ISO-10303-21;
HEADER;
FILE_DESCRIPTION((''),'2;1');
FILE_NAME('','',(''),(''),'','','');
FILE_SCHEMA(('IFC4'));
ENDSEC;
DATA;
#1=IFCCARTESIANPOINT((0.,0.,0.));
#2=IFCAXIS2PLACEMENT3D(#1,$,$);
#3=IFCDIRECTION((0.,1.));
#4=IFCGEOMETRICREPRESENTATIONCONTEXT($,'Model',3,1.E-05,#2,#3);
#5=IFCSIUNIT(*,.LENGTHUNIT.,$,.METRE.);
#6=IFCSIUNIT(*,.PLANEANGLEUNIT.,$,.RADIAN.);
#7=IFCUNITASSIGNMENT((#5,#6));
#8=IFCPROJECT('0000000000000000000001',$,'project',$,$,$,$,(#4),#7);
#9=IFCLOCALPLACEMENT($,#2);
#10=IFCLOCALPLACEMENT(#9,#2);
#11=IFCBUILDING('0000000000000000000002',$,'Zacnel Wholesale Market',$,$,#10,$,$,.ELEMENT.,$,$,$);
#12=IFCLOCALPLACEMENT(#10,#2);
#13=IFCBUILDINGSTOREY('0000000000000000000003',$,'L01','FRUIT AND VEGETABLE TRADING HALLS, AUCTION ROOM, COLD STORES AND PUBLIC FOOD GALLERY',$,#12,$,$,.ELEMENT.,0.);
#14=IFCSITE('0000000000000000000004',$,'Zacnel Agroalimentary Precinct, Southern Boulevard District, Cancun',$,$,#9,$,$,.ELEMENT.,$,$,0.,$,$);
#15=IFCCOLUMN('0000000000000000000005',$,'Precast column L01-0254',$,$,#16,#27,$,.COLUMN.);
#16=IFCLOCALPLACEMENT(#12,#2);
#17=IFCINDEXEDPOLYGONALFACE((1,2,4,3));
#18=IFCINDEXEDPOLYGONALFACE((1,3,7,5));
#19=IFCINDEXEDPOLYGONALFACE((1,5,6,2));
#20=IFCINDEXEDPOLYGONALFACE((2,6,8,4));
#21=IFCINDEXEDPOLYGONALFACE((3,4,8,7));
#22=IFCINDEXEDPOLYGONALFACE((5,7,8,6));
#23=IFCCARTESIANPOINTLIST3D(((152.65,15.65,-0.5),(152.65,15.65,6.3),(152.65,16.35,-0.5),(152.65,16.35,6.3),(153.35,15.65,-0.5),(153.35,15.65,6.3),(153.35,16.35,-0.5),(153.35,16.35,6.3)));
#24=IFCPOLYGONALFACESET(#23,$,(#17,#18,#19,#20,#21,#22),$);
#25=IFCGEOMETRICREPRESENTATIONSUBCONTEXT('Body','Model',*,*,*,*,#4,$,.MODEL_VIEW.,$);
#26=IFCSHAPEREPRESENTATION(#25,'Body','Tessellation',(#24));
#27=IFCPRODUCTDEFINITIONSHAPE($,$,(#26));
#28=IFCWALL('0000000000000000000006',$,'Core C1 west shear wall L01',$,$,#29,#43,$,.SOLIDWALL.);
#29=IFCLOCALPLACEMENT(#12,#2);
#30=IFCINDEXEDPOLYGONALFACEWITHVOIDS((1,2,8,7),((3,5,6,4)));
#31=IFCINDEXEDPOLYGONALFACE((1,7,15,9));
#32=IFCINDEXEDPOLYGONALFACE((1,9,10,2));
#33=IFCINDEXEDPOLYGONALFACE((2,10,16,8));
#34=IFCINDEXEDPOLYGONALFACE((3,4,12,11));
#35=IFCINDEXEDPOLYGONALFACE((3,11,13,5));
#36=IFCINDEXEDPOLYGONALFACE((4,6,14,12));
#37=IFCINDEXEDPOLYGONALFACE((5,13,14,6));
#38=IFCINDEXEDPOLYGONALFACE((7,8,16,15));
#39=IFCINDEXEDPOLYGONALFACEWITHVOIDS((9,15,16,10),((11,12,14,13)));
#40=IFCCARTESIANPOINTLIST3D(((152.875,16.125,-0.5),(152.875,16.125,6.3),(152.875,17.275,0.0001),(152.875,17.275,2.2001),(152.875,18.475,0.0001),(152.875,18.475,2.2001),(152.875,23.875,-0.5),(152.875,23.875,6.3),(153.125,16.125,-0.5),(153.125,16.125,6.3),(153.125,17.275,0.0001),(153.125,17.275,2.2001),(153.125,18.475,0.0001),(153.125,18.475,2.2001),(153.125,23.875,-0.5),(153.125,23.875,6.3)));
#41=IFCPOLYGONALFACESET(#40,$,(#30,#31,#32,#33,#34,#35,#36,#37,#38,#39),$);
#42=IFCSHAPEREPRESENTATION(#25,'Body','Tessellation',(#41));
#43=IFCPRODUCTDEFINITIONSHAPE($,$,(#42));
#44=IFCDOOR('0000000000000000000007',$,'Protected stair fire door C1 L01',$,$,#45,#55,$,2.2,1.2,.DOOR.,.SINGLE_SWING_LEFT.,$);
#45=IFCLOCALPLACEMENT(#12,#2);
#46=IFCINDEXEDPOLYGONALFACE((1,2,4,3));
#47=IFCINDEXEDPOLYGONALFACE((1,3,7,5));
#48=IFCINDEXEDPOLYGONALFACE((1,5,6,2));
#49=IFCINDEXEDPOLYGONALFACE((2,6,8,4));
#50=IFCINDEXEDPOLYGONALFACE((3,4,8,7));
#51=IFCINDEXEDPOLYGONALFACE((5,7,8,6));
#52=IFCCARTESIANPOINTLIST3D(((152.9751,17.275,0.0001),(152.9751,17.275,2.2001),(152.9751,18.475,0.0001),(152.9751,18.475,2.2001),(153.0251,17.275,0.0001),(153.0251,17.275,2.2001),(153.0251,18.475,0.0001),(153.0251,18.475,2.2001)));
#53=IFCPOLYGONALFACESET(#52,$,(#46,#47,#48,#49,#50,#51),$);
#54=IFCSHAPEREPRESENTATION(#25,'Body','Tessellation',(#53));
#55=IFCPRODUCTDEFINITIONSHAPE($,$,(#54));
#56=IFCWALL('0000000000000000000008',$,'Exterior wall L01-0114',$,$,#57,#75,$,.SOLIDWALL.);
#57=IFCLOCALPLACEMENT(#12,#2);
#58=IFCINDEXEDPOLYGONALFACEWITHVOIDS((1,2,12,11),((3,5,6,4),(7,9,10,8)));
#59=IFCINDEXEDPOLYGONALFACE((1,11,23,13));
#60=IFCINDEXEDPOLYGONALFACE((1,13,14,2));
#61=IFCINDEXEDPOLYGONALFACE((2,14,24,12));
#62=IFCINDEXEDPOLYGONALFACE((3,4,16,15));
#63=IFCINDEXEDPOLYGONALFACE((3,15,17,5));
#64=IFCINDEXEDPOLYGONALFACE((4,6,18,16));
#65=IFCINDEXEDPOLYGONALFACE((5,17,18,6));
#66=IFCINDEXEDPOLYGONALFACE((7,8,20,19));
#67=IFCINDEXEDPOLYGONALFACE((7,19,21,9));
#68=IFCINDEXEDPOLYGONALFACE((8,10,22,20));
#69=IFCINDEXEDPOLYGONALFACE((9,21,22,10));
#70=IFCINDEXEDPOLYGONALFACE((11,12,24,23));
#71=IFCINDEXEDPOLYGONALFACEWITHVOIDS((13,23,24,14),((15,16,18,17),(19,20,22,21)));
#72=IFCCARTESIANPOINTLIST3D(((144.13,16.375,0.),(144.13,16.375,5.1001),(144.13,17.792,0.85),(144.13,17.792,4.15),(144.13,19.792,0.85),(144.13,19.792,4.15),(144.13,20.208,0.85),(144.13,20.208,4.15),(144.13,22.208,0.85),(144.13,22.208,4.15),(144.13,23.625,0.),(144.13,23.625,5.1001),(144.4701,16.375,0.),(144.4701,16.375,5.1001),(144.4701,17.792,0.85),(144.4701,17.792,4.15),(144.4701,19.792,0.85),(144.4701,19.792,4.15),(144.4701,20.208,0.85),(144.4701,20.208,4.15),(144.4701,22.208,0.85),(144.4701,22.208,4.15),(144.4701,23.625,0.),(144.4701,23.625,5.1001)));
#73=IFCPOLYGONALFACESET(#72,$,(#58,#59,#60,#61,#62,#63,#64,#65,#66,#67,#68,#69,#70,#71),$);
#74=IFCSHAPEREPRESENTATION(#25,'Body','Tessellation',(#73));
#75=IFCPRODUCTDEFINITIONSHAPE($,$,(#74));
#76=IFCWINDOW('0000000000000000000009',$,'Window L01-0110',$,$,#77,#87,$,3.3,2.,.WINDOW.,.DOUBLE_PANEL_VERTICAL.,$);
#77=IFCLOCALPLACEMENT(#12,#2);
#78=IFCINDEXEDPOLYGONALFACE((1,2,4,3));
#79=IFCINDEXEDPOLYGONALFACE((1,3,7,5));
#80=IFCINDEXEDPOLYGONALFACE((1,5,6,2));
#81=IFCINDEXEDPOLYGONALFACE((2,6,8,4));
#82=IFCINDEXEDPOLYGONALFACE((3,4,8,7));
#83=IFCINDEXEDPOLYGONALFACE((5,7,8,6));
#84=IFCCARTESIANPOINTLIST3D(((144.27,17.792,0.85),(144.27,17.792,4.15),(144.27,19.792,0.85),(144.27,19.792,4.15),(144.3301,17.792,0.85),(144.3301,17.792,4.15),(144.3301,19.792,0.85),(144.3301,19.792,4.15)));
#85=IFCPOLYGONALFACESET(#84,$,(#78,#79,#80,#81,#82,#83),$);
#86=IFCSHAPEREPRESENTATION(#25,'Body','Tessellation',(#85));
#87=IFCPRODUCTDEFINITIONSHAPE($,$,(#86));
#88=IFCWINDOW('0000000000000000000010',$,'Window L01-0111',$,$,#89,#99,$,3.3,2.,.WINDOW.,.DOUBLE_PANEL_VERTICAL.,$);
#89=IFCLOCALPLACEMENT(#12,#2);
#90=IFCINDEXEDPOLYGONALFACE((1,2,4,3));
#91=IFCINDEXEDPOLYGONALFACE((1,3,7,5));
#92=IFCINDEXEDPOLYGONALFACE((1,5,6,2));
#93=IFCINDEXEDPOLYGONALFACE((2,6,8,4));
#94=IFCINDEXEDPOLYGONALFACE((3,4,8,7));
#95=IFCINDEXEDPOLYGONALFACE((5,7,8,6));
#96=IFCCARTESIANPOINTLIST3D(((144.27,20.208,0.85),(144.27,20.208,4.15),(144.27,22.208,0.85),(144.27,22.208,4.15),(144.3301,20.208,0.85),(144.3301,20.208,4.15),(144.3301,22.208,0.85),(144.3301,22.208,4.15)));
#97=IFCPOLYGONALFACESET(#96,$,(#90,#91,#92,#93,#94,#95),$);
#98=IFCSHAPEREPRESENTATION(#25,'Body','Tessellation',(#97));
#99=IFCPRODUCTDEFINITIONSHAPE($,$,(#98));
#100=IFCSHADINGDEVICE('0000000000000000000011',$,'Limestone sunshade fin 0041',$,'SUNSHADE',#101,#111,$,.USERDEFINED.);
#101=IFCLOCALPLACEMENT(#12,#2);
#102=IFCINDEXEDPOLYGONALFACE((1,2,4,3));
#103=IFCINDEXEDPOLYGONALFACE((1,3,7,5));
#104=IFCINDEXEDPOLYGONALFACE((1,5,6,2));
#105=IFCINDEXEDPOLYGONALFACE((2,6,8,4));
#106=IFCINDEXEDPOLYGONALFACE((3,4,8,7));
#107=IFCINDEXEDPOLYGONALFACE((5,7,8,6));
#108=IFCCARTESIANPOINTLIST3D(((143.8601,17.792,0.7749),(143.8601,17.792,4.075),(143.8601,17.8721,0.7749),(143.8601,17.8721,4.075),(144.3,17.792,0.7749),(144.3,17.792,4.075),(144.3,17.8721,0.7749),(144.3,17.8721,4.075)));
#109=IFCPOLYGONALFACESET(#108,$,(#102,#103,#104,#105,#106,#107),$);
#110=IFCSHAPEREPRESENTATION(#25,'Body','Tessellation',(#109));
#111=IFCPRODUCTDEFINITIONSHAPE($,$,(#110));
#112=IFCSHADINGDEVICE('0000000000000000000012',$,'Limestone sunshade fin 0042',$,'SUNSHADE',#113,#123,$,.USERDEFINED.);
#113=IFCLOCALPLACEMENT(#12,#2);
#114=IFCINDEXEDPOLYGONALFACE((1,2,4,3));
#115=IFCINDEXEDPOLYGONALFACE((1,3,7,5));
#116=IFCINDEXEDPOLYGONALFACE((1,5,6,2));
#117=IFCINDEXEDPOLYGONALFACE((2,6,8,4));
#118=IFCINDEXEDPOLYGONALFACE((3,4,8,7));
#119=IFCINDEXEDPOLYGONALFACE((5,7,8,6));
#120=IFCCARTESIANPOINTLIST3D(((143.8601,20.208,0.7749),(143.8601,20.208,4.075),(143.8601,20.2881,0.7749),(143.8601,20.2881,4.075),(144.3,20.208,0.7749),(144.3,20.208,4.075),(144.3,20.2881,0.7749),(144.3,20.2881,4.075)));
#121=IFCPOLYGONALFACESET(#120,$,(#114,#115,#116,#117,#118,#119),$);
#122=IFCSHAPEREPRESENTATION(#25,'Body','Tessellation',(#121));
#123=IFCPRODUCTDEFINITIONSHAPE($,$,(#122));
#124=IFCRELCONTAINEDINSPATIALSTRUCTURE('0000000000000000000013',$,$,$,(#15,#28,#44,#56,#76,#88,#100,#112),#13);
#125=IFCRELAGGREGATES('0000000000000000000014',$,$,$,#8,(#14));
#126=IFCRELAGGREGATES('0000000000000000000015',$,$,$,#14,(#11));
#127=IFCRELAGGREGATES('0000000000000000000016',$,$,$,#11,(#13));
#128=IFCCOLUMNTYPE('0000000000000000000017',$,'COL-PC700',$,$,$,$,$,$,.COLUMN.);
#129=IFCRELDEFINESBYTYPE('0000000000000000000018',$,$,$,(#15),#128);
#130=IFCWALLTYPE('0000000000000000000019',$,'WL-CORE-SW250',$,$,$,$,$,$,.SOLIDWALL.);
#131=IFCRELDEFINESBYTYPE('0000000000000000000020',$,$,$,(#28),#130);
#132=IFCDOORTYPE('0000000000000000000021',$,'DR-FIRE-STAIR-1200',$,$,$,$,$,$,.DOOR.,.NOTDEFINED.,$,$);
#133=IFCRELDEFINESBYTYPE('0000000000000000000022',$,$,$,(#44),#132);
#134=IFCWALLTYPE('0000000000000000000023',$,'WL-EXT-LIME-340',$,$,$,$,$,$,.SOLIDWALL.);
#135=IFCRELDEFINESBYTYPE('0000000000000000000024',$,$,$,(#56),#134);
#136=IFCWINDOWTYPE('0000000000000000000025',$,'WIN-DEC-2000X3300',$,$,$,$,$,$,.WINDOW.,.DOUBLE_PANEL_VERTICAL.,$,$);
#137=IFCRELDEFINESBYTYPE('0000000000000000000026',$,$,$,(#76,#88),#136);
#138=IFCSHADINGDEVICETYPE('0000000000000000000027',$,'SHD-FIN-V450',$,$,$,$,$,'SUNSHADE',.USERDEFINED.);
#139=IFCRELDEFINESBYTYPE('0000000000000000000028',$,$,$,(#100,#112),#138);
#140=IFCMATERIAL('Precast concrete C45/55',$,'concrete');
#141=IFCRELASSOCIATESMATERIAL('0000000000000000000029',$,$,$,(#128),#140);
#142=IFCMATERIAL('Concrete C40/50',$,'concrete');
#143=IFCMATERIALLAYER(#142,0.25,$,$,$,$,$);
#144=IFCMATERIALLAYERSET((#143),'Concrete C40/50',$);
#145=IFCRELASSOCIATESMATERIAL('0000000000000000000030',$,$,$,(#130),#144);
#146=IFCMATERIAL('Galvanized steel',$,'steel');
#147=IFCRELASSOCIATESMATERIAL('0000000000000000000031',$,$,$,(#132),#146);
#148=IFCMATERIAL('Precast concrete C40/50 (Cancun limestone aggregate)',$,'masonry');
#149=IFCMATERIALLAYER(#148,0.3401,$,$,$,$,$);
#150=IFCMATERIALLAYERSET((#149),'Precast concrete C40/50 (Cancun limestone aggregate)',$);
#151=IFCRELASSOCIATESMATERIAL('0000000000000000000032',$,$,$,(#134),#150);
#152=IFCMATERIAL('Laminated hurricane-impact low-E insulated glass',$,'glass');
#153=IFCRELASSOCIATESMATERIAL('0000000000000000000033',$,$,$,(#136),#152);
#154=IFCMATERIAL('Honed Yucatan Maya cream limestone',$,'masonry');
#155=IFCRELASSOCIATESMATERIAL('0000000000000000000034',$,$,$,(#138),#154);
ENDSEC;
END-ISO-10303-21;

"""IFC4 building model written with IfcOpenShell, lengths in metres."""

from ifc_helpers import new_model, si_unit, direction, frame, frame_2d, origin, origin_2d, place, context, subcontext, project, spatial, rectangle, extrude, material, layer, layer_set, material_profile, profile_set, type_object, element, fill, save


model = new_model("IFC4")

# Units and contexts
model_context = context("Model", 3, precision=1e-05, world=origin(), true_north=direction((0.0, 1.0)))
body_context = subcontext(model_context, "Body", "Model", "MODEL_VIEW")
ifc_project = project(units=[si_unit("LENGTHUNIT", "METRE"), si_unit("PLANEANGLEUNIT", "RADIAN")], contexts=[model_context])

# Site, building, storey
site_placement = place(None, origin())
site = spatial("IfcSite", under=ifc_project, at=site_placement, Name="Zacnel Agroalimentary Precinct, Southern Boulevard District, Cancun", CompositionType="ELEMENT", RefElevation=0.0)
building_placement = place(site_placement, origin())
building = spatial("IfcBuilding", under=site, at=building_placement, Name="Zacnel Wholesale Market", CompositionType="ELEMENT")
storey_placement = place(building_placement, origin())
storey = spatial("IfcBuildingStorey", under=building, at=storey_placement, Name="L01", Description="FRUIT AND VEGETABLE TRADING HALLS, AUCTION ROOM, COLD STORES AND PUBLIC FOOD GALLERY", CompositionType="ELEMENT", Elevation=0.0)

# Column
ifc_material_1 = material(Name="Precast concrete C45/55", Category="concrete")
ifc_material_profile_1 = material_profile(ifc_material_1, rectangle(XDim=0.7, YDim=0.7, at=origin_2d()), Name="PC 700x700")
ifc_profile_set_1 = profile_set([ifc_material_profile_1], Name="Precast concrete C45/55")
column_type_1 = type_object("IfcColumnType", Name="COL-PC700", PredefinedType="COLUMN", material=ifc_profile_set_1)
column_1_placement = place(storey_placement, frame((153.0, 16.0, -0.5), z_axis=(0.0, 0.0, 1.0), x_axis=(1.0, 0.0, 0.0)))
element("IfcColumn", 1, at=column_1_placement, inside=storey, type_object=column_type_1, Name="Precast column L01-0254", PredefinedType="COLUMN", context=body_context, shape_type="SweptSolid", body=[
    extrude(rectangle(XDim=0.7, YDim=0.7, at=origin_2d()), origin(), (0.0, 0.0, 1.0), 6.8),
])

# Wall, opening, door
ifc_material_2 = material(Name="Concrete C40/50", Category="concrete")
ifc_layer_1 = layer(ifc_material_2, 0.25)
ifc_layer_set_1 = layer_set([ifc_layer_1], Name="Concrete C40/50")
wall_type_1 = type_object("IfcWallType", Name="WL-CORE-SW250", PredefinedType="SOLIDWALL", material=ifc_layer_set_1)
wall_1_placement = place(storey_placement, frame((153.0, 16.125, -0.5), z_axis=(0.0, 0.0, 1.0), x_axis=(0.0, 1.0, 0.0)))
wall_1 = element("IfcWall", 2, at=wall_1_placement, inside=storey, type_object=wall_type_1, Name="Core C1 west shear wall L01", PredefinedType="SOLIDWALL", context=body_context, shape_type="SweptSolid", body=[
    extrude(rectangle(XDim=7.75, YDim=0.25, at=frame_2d((3.875, 0.0))), origin(), (0.0, 0.0, 1.0), 6.8),
])
opening_1_placement = place(wall_1_placement, frame((1.1499, 0.0, 0.5)))
opening_1 = element("IfcOpeningElement", 3, at=opening_1_placement, cuts=wall_1, PredefinedType="OPENING", context=body_context, shape_type="SweptSolid", body=[
    extrude(rectangle(XDim=1.2, YDim=2.2, at=frame_2d((0.6001, 1.1001))), frame((0.0, 0.135, 0.0), z_axis=(0.0, -1.0, 0.0), x_axis=(1.0, 0.0, 0.0)), (0.0, 0.0, 1.0), 0.27),
])
ifc_material_3 = material(Name="Galvanized steel", Category="steel")
door_type = type_object("IfcDoorType", Name="DR-FIRE-STAIR-1200", OperationType="NOTDEFINED", PredefinedType="DOOR", material=ifc_material_3)
door_placement = place(opening_1_placement, origin())
door = element("IfcDoor", 4, at=door_placement, inside=storey, type_object=door_type, Name="Protected stair fire door C1 L01", OperationType="SINGLE_SWING_LEFT", OverallHeight=2.2, OverallWidth=1.2, PredefinedType="DOOR", context=body_context, shape_type="SweptSolid", body=[
    extrude(rectangle(XDim=1.2, YDim=2.2, at=frame_2d((0.6001, 1.1001))), frame((0.0, 0.0249, 0.0), z_axis=(0.0, -1.0, 0.0), x_axis=(1.0, 0.0, 0.0)), (0.0, 0.0, 1.0), 0.05),
])
fill(opening_1, door)

# Wall, openings, windows
ifc_material_4 = material(Name="Precast concrete C40/50 (Cancun limestone aggregate)", Category="masonry")
ifc_layer_2 = layer(ifc_material_4, 0.3401)
ifc_layer_set_2 = layer_set([ifc_layer_2], Name="Precast concrete C40/50 (Cancun limestone aggregate)")
wall_type_2 = type_object("IfcWallType", Name="WL-EXT-LIME-340", PredefinedType="SOLIDWALL", material=ifc_layer_set_2)
wall_2_placement = place(storey_placement, frame((144.3, 16.375, 0.0), z_axis=(0.0, 0.0, 1.0), x_axis=(0.0, 1.0, 0.0)))
wall_2 = element("IfcWall", 5, at=wall_2_placement, inside=storey, type_object=wall_type_2, Name="Exterior wall L01-0114", PredefinedType="SOLIDWALL", context=body_context, shape_type="SweptSolid", body=[
    extrude(rectangle(XDim=7.25, YDim=0.3401, at=frame_2d((3.625, 0.0))), origin(), (0.0, 0.0, 1.0), 5.1001),
])
opening_2_placement = place(wall_2_placement, frame((1.417, 0.0, 0.8501)))
opening_2 = element("IfcOpeningElement", 6, at=opening_2_placement, cuts=wall_2, PredefinedType="OPENING", context=body_context, shape_type="SweptSolid", body=[
    extrude(rectangle(XDim=2.0, YDim=3.3, at=frame_2d((1.0, 1.6499))), frame((0.0, 0.1799, 0.0), z_axis=(0.0, -1.0, 0.0), x_axis=(1.0, 0.0, 0.0)), (0.0, 0.0, 1.0), 0.3601),
])
opening_3_placement = place(wall_2_placement, frame((3.833, 0.0, 0.8501)))
opening_3 = element("IfcOpeningElement", 7, at=opening_3_placement, cuts=wall_2, PredefinedType="OPENING", context=body_context, shape_type="SweptSolid", body=[
    extrude(rectangle(XDim=2.0, YDim=3.3, at=frame_2d((1.0, 1.6499))), frame((0.0, 0.1799, 0.0), z_axis=(0.0, -1.0, 0.0), x_axis=(1.0, 0.0, 0.0)), (0.0, 0.0, 1.0), 0.3601),
])
ifc_material_5 = material(Name="Laminated hurricane-impact low-E insulated glass", Category="glass")
window_type = type_object("IfcWindowType", Name="WIN-DEC-2000X3300", PartitioningType="DOUBLE_PANEL_VERTICAL", PredefinedType="WINDOW", material=ifc_material_5)
window_1_placement = place(opening_2_placement, origin())
window_1 = element("IfcWindow", 8, at=window_1_placement, inside=storey, type_object=window_type, Name="Window L01-0110", OverallHeight=3.3, OverallWidth=2.0, PartitioningType="DOUBLE_PANEL_VERTICAL", PredefinedType="WINDOW", context=body_context, shape_type="SweptSolid", body=[
    extrude(rectangle(XDim=2.0, YDim=3.3, at=frame_2d((1.0, 1.6499))), frame((0.0, 0.03, 0.0), z_axis=(0.0, -1.0, 0.0), x_axis=(1.0, 0.0, 0.0)), (0.0, 0.0, 1.0), 0.0601),
])
fill(opening_2, window_1)
window_2_placement = place(opening_3_placement, origin())
window_2 = element("IfcWindow", 9, at=window_2_placement, inside=storey, type_object=window_type, Name="Window L01-0111", OverallHeight=3.3, OverallWidth=2.0, PartitioningType="DOUBLE_PANEL_VERTICAL", PredefinedType="WINDOW", context=body_context, shape_type="SweptSolid", body=[
    extrude(rectangle(XDim=2.0, YDim=3.3, at=frame_2d((1.0, 1.6499))), frame((0.0, 0.03, 0.0), z_axis=(0.0, -1.0, 0.0), x_axis=(1.0, 0.0, 0.0)), (0.0, 0.0, 1.0), 0.0601),
])
fill(opening_3, window_2)

# Shading devices
ifc_material_6 = material(Name="Honed Yucatan Maya cream limestone", Category="masonry")
shading_device_type = type_object("IfcShadingDeviceType", Name="SHD-FIN-V450", ElementType="SUNSHADE", PredefinedType="USERDEFINED", material=ifc_material_6)
for number, where, z_axis, x_axis, name in (
    (10, (144.0801, 17.832, 0.7749), (0.0, 0.0, 1.0), (0.0, 1.0, 0.0), "Limestone sunshade fin 0041"),
    (11, (144.0801, 20.248, 0.7749), (0.0, 0.0, 1.0), (0.0, 1.0, 0.0), "Limestone sunshade fin 0042"),
):
    element("IfcShadingDevice", number, at=place(storey_placement, frame(where, z_axis=z_axis, x_axis=x_axis)), inside=storey, type_object=shading_device_type, Name=name, ObjectType="SUNSHADE", PredefinedType="USERDEFINED", context=body_context, shape_type="SweptSolid", body=[
        extrude(rectangle(XDim=0.0801, YDim=0.4399, at=origin_2d()), origin(), (0.0, 0.0, 1.0), 3.3),
    ])

save(model, "model.ifc")
